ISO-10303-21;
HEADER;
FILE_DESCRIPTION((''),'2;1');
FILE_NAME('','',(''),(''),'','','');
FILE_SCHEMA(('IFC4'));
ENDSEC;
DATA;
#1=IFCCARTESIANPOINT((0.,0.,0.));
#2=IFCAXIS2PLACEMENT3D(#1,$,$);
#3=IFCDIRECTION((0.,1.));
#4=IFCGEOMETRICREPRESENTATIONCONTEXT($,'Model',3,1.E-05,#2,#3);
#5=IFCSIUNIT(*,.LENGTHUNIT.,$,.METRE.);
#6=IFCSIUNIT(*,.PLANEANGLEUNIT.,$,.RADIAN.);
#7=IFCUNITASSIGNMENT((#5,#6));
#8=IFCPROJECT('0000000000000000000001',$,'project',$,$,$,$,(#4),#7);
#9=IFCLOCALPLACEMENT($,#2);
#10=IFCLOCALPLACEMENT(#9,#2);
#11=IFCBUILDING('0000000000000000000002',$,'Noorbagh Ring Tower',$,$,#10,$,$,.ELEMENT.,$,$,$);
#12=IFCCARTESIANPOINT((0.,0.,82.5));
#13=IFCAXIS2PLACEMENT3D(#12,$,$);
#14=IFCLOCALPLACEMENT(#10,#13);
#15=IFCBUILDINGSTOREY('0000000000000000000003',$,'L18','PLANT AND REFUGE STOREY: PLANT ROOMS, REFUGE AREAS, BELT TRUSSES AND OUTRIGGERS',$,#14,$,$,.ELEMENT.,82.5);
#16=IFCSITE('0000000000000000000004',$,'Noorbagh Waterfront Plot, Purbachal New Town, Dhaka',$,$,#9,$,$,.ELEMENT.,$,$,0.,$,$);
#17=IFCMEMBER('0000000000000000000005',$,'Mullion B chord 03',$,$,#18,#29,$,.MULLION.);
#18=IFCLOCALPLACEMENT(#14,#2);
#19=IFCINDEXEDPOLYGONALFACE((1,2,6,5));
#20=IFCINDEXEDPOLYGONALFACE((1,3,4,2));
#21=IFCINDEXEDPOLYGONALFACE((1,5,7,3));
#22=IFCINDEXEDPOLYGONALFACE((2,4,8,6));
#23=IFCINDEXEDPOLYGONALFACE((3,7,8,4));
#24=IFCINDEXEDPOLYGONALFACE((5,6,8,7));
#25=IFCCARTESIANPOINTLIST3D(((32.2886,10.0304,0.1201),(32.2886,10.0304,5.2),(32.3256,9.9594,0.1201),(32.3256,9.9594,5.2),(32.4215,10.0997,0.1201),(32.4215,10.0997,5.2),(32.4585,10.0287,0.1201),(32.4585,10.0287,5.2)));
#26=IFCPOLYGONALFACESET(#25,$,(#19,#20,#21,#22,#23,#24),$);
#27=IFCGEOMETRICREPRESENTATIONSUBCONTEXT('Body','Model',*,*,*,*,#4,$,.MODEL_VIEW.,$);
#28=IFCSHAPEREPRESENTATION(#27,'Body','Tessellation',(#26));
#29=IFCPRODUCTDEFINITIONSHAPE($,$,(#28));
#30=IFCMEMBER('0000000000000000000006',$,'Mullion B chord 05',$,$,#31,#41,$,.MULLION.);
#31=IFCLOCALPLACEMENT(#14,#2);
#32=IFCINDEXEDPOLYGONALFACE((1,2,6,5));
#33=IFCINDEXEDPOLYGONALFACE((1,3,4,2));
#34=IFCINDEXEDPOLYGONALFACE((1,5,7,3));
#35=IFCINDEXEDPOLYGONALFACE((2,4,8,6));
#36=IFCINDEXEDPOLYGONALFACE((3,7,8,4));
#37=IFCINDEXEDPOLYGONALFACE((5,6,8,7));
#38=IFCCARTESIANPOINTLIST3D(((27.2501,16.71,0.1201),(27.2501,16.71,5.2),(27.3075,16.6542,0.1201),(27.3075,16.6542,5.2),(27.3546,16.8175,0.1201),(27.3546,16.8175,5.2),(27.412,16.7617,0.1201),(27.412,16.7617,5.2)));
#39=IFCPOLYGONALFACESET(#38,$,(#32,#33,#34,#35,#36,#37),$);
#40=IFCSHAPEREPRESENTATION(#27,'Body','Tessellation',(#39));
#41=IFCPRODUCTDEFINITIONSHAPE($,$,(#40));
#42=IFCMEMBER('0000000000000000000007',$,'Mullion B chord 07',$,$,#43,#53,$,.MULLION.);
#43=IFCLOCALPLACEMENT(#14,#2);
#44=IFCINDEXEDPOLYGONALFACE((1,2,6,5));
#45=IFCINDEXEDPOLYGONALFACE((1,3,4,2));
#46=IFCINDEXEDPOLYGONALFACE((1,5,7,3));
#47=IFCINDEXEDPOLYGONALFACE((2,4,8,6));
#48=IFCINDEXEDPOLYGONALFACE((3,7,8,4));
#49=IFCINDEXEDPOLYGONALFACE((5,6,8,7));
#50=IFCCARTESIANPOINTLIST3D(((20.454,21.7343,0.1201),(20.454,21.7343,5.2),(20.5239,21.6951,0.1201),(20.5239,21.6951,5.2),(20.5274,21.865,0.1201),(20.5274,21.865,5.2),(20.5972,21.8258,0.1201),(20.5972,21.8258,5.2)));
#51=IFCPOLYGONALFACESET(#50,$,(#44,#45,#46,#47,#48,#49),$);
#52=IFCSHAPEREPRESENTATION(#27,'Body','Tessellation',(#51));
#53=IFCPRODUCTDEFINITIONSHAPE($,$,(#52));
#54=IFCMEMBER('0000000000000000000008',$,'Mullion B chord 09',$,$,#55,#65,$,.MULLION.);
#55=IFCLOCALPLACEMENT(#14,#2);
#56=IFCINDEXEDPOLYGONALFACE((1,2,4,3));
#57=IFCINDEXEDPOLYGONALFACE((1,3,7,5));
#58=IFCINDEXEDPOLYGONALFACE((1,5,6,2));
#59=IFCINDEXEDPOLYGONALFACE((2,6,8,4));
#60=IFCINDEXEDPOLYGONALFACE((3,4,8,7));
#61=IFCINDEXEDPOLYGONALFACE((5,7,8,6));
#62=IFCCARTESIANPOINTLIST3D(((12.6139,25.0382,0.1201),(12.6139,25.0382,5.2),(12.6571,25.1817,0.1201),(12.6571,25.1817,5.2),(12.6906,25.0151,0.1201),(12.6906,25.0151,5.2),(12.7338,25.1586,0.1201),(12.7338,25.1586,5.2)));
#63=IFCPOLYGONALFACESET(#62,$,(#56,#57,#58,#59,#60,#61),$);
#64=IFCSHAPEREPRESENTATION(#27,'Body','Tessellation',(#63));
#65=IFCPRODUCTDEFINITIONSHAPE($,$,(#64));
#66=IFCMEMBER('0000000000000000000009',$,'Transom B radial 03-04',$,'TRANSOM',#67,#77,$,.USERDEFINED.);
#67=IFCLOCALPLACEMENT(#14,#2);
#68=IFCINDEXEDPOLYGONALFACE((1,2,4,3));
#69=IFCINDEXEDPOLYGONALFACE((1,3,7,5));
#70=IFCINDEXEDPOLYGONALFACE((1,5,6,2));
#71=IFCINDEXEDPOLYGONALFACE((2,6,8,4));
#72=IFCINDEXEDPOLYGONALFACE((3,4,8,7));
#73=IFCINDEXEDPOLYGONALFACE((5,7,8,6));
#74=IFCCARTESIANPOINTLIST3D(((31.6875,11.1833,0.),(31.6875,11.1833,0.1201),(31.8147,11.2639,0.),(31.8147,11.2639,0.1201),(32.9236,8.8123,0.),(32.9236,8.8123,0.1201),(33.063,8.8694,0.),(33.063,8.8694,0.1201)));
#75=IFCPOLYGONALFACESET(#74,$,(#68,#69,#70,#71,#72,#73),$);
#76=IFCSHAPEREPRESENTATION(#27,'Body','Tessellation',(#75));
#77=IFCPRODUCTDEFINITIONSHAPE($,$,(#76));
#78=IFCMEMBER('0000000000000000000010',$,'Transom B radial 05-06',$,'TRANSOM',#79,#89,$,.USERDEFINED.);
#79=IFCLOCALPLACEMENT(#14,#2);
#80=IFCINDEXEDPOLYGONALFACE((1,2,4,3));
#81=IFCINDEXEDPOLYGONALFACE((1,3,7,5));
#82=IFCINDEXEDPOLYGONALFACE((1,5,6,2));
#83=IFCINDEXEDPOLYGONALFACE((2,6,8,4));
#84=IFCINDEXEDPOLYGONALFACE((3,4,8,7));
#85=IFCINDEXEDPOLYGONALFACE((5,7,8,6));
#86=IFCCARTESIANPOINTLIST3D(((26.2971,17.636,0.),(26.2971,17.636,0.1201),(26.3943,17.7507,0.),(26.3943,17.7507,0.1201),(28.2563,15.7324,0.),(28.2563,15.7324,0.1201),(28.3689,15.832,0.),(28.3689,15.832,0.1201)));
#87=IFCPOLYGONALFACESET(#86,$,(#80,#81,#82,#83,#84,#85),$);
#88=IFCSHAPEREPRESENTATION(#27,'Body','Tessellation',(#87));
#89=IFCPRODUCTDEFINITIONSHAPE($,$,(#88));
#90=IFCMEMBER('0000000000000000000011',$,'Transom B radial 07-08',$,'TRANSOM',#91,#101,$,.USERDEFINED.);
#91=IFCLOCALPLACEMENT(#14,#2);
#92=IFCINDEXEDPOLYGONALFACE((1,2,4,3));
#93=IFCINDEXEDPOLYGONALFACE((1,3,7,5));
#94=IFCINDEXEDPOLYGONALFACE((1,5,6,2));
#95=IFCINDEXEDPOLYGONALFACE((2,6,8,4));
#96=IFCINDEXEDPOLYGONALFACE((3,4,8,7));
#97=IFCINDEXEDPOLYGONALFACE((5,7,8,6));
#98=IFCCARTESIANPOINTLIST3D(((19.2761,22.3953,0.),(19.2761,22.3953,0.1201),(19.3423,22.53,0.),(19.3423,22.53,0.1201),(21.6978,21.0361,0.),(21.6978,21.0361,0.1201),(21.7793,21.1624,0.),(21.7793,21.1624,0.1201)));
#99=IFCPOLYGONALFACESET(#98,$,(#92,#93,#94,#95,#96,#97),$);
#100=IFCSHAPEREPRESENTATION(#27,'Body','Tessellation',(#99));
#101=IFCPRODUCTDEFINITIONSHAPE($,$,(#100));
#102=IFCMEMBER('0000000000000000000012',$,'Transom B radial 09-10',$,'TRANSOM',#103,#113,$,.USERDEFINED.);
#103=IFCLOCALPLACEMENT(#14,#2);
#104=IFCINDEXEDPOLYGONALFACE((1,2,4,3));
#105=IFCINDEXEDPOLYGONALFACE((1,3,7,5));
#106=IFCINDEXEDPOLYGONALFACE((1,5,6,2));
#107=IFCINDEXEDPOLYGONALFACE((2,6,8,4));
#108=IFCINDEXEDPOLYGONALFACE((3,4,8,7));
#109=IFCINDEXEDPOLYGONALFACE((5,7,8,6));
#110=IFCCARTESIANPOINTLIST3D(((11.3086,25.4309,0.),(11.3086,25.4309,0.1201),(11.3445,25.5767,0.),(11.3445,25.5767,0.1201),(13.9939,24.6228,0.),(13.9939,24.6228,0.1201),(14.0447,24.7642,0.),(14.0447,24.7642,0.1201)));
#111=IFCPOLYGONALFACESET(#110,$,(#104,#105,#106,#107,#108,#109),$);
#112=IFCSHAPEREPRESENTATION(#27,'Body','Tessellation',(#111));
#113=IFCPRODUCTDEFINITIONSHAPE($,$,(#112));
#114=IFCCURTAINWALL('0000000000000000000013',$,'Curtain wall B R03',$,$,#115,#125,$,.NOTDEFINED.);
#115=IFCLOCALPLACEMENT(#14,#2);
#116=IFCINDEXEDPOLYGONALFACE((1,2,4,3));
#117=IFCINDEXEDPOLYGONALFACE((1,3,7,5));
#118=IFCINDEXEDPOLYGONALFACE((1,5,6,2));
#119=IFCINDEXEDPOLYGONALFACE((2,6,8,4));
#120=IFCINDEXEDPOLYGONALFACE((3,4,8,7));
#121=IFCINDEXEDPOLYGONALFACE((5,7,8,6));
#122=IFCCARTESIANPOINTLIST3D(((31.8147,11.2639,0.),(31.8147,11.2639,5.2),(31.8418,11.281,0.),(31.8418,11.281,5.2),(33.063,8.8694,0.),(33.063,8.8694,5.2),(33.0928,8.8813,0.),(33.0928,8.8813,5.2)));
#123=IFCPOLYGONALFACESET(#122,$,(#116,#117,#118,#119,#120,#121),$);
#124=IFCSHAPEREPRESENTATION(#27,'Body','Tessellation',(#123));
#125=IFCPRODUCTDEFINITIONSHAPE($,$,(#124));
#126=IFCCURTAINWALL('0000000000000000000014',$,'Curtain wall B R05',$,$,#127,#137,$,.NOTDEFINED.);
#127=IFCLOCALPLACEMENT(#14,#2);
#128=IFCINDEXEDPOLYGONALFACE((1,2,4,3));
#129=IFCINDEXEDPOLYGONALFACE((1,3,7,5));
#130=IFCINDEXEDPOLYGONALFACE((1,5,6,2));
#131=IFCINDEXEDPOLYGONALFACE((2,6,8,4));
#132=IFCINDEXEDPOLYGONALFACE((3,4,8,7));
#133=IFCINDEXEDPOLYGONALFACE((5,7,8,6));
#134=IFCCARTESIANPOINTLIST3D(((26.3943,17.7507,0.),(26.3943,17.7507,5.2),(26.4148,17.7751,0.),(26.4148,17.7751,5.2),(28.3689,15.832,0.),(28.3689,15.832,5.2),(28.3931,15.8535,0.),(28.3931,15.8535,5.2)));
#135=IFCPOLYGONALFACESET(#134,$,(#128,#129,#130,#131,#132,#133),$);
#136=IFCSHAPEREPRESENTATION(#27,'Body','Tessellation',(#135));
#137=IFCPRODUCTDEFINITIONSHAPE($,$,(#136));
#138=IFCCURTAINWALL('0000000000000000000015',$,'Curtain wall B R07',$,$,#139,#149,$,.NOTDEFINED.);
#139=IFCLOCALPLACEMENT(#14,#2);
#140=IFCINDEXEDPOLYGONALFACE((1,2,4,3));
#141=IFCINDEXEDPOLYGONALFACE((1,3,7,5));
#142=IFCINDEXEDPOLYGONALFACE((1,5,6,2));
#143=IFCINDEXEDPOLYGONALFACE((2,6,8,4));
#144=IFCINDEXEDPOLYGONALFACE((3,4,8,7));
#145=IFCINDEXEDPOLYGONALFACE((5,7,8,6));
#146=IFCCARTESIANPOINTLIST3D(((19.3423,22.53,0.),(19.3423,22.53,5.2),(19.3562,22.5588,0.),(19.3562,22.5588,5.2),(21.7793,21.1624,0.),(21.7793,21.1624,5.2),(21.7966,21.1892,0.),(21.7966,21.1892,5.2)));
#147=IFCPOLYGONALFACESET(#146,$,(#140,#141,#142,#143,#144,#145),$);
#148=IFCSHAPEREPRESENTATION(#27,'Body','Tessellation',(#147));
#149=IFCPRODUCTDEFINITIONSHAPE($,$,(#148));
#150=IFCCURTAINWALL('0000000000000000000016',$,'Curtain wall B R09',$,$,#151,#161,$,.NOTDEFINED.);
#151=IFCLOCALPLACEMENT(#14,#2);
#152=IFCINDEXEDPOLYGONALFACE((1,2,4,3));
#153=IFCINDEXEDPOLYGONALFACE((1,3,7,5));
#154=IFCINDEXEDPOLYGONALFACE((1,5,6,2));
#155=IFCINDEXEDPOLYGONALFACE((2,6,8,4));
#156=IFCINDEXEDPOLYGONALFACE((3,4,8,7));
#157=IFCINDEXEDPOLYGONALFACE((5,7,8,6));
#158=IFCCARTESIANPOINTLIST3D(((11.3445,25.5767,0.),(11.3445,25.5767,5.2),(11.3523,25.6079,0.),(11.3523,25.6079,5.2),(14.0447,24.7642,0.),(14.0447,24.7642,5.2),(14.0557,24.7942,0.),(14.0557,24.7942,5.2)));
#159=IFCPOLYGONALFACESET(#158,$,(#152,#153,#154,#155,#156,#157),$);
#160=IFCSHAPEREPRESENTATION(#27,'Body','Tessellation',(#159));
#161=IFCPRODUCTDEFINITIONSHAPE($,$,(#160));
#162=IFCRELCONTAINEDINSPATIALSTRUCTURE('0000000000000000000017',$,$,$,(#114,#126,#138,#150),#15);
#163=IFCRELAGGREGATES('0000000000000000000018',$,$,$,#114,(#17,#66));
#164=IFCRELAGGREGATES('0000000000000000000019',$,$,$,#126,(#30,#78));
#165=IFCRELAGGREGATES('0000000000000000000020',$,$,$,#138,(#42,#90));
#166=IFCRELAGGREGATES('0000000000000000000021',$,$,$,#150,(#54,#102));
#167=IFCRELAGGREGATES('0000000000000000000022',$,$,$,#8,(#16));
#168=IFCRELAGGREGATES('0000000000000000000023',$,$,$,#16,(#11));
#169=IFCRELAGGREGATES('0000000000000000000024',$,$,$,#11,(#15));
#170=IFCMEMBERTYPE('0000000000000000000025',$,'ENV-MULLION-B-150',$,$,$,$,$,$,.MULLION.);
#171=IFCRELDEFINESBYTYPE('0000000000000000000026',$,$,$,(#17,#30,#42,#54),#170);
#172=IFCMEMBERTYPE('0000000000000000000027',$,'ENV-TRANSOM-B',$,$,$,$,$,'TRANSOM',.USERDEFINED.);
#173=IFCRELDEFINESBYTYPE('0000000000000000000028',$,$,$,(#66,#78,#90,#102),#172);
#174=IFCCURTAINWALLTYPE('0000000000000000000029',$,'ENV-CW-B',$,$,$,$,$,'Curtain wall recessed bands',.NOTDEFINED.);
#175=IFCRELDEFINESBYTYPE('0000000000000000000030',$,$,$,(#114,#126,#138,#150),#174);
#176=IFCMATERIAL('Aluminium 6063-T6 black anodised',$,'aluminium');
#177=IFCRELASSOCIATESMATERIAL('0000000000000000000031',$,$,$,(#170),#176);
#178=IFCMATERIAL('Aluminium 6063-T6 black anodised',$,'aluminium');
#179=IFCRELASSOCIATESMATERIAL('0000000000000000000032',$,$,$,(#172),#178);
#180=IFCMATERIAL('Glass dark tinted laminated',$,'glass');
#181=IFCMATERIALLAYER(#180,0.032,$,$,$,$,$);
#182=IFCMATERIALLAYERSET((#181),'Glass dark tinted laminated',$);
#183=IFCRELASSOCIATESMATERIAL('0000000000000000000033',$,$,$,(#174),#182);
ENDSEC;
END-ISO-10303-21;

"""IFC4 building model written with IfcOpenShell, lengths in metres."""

from ifc_helpers import new_model, si_unit, direction, frame, origin, origin_2d, place, context, subcontext, project, spatial, polyline, rectangle, outline, extrude, material, layer, layer_set, material_profile, profile_set, type_object, element, aggregate, save


model = new_model("IFC4")

# Units and contexts
model_context = context("Model", 3, precision=1e-05, world=origin(), true_north=direction((0.0, 1.0)))
body_context = subcontext(model_context, "Body", "Model", "MODEL_VIEW")
ifc_project = project(units=[si_unit("LENGTHUNIT", "METRE"), si_unit("PLANEANGLEUNIT", "RADIAN")], contexts=[model_context])

# Members
ifc_material_1 = material(Name="Aluminium 6063-T6 black anodised", Category="aluminium")
ifc_material_profile = material_profile(ifc_material_1, rectangle(XDim=0.1499, YDim=0.0801, at=origin_2d()), Name="150x80")
ifc_profile_set = profile_set([ifc_material_profile], Name="Aluminium 6063-T6 black anodised")
member_type_1 = type_object("IfcMemberType", Name="ENV-MULLION-B-150", PredefinedType="MULLION", material=ifc_profile_set)
site_placement = place(None, origin())
building_placement = place(site_placement, origin())
storey_placement = place(building_placement, frame((0.0, 0.0, 82.5)))
member_1_placement = place(storey_placement, frame((32.3735, 10.0295, 0.1201), z_axis=(0.0, 0.0, 1.0), x_axis=(-0.886735, -0.462278, 0.0)))
member_1 = element("IfcMember", 1, at=member_1_placement, type_object=member_type_1, Name="Mullion B chord 03", PredefinedType="MULLION", context=body_context, shape_type="SweptSolid", body=[
    extrude(rectangle(XDim=0.1499, YDim=0.0801, at=origin_2d()), origin(), (0.0, 0.0, 1.0), 5.0798),
])
member_2_placement = place(storey_placement, frame((27.3311, 16.7358, 0.1201), z_axis=(0.0, 0.0, 1.0), x_axis=(-0.696842, -0.717225, 0.0)))
member_2 = element("IfcMember", 2, at=member_2_placement, type_object=member_type_1, Name="Mullion B chord 05", PredefinedType="MULLION", context=body_context, shape_type="SweptSolid", body=[
    extrude(rectangle(XDim=0.1499, YDim=0.0801, at=origin_2d()), origin(), (0.0, 0.0, 1.0), 5.0798),
])
member_3_placement = place(storey_placement, frame((20.5256, 21.78, 0.1201), z_axis=(0.0, 0.0, 1.0), x_axis=(-0.489426, -0.872045, 0.0)))
member_3 = element("IfcMember", 3, at=member_3_placement, type_object=member_type_1, Name="Mullion B chord 07", PredefinedType="MULLION", context=body_context, shape_type="SweptSolid", body=[
    extrude(rectangle(XDim=0.1499, YDim=0.0801, at=origin_2d()), origin(), (0.0, 0.0, 1.0), 5.0798),
])
member_4_placement = place(storey_placement, frame((12.6738, 25.0984, 0.1201), z_axis=(0.0, 0.0, 1.0), x_axis=(-0.288174, -0.957578, 0.0)))
member_4 = element("IfcMember", 4, at=member_4_placement, type_object=member_type_1, Name="Mullion B chord 09", PredefinedType="MULLION", context=body_context, shape_type="SweptSolid", body=[
    extrude(rectangle(XDim=0.1499, YDim=0.0801, at=origin_2d()), origin(), (0.0, 0.0, 1.0), 5.0798),
])
ifc_material_2 = material(Name="Aluminium 6063-T6 black anodised", Category="aluminium")
member_type_2 = type_object("IfcMemberType", Name="ENV-TRANSOM-B", ElementType="TRANSOM", PredefinedType="USERDEFINED", material=ifc_material_2)
member_5_placement = place(storey_placement, origin())
member_5 = element("IfcMember", 5, at=member_5_placement, type_object=member_type_2, Name="Transom B radial 03-04", ObjectType="TRANSOM", PredefinedType="USERDEFINED", context=body_context, shape_type="SweptSolid", body=[
    extrude(outline(polyline([(33.063, 8.8694), (31.8147, 11.2639), (31.6875, 11.1833), (32.9236, 8.8123), (33.063, 8.8694)])), origin(), (0.0, 0.0, 1.0), 0.1201),
])
member_6_placement = place(storey_placement, origin())
member_6 = element("IfcMember", 6, at=member_6_placement, type_object=member_type_2, Name="Transom B radial 05-06", ObjectType="TRANSOM", PredefinedType="USERDEFINED", context=body_context, shape_type="SweptSolid", body=[
    extrude(outline(polyline([(28.3689, 15.832), (26.3943, 17.7507), (26.2971, 17.636), (28.2563, 15.7324), (28.3689, 15.832)])), origin(), (0.0, 0.0, 1.0), 0.1201),
])
member_7_placement = place(storey_placement, origin())
member_7 = element("IfcMember", 7, at=member_7_placement, type_object=member_type_2, Name="Transom B radial 07-08", ObjectType="TRANSOM", PredefinedType="USERDEFINED", context=body_context, shape_type="SweptSolid", body=[
    extrude(outline(polyline([(21.7793, 21.1624), (19.3423, 22.53), (19.2761, 22.3953), (21.6978, 21.0361), (21.7793, 21.1624)])), origin(), (0.0, 0.0, 1.0), 0.1201),
])
member_8_placement = place(storey_placement, origin())
member_8 = element("IfcMember", 8, at=member_8_placement, type_object=member_type_2, Name="Transom B radial 09-10", ObjectType="TRANSOM", PredefinedType="USERDEFINED", context=body_context, shape_type="SweptSolid", body=[
    extrude(outline(polyline([(14.0447, 24.7642), (11.3445, 25.5767), (11.3086, 25.4309), (13.9939, 24.6228), (14.0447, 24.7642)])), origin(), (0.0, 0.0, 1.0), 0.1201),
])

# Site, building, storey
site = spatial("IfcSite", under=ifc_project, at=site_placement, Name="Noorbagh Waterfront Plot, Purbachal New Town, Dhaka", CompositionType="ELEMENT", RefElevation=0.0)
building = spatial("IfcBuilding", under=site, at=building_placement, Name="Noorbagh Ring Tower", CompositionType="ELEMENT")
storey = spatial("IfcBuildingStorey", under=building, at=storey_placement, Name="L18", Description="PLANT AND REFUGE STOREY: PLANT ROOMS, REFUGE AREAS, BELT TRUSSES AND OUTRIGGERS", CompositionType="ELEMENT", Elevation=82.5)

# Curtain walls
ifc_material_3 = material(Name="Glass dark tinted laminated", Category="glass")
ifc_layer = layer(ifc_material_3, 0.032)
ifc_layer_set = layer_set([ifc_layer], Name="Glass dark tinted laminated")
curtain_wall_type = type_object("IfcCurtainWallType", Name="ENV-CW-B", ElementType="Curtain wall recessed bands", PredefinedType="NOTDEFINED", material=ifc_layer_set)
curtain_wall_1_placement = place(storey_placement, origin())
curtain_wall_1 = element("IfcCurtainWall", 9, at=curtain_wall_1_placement, inside=storey, type_object=curtain_wall_type, Name="Curtain wall B R03", PredefinedType="NOTDEFINED", context=body_context, shape_type="SweptSolid", body=[
    extrude(outline(polyline([(33.0928, 8.8813), (31.8418, 11.281), (31.8147, 11.2639), (33.063, 8.8694), (33.0928, 8.8813)])), origin(), (0.0, 0.0, 1.0), 5.2),
])
aggregate(curtain_wall_1, [member_1, member_5])
curtain_wall_2_placement = place(storey_placement, origin())
curtain_wall_2 = element("IfcCurtainWall", 10, at=curtain_wall_2_placement, inside=storey, type_object=curtain_wall_type, Name="Curtain wall B R05", PredefinedType="NOTDEFINED", context=body_context, shape_type="SweptSolid", body=[
    extrude(outline(polyline([(28.3931, 15.8535), (26.4148, 17.7751), (26.3943, 17.7507), (28.3689, 15.832), (28.3931, 15.8535)])), origin(), (0.0, 0.0, 1.0), 5.2),
])
aggregate(curtain_wall_2, [member_2, member_6])
curtain_wall_3_placement = place(storey_placement, origin())
curtain_wall_3 = element("IfcCurtainWall", 11, at=curtain_wall_3_placement, inside=storey, type_object=curtain_wall_type, Name="Curtain wall B R07", PredefinedType="NOTDEFINED", context=body_context, shape_type="SweptSolid", body=[
    extrude(outline(polyline([(21.7966, 21.1892), (19.3562, 22.5588), (19.3423, 22.53), (21.7793, 21.1624), (21.7966, 21.1892)])), origin(), (0.0, 0.0, 1.0), 5.2),
])
aggregate(curtain_wall_3, [member_3, member_7])
curtain_wall_4_placement = place(storey_placement, origin())
curtain_wall_4 = element("IfcCurtainWall", 12, at=curtain_wall_4_placement, inside=storey, type_object=curtain_wall_type, Name="Curtain wall B R09", PredefinedType="NOTDEFINED", context=body_context, shape_type="SweptSolid", body=[
    extrude(outline(polyline([(14.0557, 24.7942), (11.3523, 25.6079), (11.3445, 25.5767), (14.0447, 24.7642), (14.0557, 24.7942)])), origin(), (0.0, 0.0, 1.0), 5.2),
])
aggregate(curtain_wall_4, [member_4, member_8])

save(model, "model.ifc")
